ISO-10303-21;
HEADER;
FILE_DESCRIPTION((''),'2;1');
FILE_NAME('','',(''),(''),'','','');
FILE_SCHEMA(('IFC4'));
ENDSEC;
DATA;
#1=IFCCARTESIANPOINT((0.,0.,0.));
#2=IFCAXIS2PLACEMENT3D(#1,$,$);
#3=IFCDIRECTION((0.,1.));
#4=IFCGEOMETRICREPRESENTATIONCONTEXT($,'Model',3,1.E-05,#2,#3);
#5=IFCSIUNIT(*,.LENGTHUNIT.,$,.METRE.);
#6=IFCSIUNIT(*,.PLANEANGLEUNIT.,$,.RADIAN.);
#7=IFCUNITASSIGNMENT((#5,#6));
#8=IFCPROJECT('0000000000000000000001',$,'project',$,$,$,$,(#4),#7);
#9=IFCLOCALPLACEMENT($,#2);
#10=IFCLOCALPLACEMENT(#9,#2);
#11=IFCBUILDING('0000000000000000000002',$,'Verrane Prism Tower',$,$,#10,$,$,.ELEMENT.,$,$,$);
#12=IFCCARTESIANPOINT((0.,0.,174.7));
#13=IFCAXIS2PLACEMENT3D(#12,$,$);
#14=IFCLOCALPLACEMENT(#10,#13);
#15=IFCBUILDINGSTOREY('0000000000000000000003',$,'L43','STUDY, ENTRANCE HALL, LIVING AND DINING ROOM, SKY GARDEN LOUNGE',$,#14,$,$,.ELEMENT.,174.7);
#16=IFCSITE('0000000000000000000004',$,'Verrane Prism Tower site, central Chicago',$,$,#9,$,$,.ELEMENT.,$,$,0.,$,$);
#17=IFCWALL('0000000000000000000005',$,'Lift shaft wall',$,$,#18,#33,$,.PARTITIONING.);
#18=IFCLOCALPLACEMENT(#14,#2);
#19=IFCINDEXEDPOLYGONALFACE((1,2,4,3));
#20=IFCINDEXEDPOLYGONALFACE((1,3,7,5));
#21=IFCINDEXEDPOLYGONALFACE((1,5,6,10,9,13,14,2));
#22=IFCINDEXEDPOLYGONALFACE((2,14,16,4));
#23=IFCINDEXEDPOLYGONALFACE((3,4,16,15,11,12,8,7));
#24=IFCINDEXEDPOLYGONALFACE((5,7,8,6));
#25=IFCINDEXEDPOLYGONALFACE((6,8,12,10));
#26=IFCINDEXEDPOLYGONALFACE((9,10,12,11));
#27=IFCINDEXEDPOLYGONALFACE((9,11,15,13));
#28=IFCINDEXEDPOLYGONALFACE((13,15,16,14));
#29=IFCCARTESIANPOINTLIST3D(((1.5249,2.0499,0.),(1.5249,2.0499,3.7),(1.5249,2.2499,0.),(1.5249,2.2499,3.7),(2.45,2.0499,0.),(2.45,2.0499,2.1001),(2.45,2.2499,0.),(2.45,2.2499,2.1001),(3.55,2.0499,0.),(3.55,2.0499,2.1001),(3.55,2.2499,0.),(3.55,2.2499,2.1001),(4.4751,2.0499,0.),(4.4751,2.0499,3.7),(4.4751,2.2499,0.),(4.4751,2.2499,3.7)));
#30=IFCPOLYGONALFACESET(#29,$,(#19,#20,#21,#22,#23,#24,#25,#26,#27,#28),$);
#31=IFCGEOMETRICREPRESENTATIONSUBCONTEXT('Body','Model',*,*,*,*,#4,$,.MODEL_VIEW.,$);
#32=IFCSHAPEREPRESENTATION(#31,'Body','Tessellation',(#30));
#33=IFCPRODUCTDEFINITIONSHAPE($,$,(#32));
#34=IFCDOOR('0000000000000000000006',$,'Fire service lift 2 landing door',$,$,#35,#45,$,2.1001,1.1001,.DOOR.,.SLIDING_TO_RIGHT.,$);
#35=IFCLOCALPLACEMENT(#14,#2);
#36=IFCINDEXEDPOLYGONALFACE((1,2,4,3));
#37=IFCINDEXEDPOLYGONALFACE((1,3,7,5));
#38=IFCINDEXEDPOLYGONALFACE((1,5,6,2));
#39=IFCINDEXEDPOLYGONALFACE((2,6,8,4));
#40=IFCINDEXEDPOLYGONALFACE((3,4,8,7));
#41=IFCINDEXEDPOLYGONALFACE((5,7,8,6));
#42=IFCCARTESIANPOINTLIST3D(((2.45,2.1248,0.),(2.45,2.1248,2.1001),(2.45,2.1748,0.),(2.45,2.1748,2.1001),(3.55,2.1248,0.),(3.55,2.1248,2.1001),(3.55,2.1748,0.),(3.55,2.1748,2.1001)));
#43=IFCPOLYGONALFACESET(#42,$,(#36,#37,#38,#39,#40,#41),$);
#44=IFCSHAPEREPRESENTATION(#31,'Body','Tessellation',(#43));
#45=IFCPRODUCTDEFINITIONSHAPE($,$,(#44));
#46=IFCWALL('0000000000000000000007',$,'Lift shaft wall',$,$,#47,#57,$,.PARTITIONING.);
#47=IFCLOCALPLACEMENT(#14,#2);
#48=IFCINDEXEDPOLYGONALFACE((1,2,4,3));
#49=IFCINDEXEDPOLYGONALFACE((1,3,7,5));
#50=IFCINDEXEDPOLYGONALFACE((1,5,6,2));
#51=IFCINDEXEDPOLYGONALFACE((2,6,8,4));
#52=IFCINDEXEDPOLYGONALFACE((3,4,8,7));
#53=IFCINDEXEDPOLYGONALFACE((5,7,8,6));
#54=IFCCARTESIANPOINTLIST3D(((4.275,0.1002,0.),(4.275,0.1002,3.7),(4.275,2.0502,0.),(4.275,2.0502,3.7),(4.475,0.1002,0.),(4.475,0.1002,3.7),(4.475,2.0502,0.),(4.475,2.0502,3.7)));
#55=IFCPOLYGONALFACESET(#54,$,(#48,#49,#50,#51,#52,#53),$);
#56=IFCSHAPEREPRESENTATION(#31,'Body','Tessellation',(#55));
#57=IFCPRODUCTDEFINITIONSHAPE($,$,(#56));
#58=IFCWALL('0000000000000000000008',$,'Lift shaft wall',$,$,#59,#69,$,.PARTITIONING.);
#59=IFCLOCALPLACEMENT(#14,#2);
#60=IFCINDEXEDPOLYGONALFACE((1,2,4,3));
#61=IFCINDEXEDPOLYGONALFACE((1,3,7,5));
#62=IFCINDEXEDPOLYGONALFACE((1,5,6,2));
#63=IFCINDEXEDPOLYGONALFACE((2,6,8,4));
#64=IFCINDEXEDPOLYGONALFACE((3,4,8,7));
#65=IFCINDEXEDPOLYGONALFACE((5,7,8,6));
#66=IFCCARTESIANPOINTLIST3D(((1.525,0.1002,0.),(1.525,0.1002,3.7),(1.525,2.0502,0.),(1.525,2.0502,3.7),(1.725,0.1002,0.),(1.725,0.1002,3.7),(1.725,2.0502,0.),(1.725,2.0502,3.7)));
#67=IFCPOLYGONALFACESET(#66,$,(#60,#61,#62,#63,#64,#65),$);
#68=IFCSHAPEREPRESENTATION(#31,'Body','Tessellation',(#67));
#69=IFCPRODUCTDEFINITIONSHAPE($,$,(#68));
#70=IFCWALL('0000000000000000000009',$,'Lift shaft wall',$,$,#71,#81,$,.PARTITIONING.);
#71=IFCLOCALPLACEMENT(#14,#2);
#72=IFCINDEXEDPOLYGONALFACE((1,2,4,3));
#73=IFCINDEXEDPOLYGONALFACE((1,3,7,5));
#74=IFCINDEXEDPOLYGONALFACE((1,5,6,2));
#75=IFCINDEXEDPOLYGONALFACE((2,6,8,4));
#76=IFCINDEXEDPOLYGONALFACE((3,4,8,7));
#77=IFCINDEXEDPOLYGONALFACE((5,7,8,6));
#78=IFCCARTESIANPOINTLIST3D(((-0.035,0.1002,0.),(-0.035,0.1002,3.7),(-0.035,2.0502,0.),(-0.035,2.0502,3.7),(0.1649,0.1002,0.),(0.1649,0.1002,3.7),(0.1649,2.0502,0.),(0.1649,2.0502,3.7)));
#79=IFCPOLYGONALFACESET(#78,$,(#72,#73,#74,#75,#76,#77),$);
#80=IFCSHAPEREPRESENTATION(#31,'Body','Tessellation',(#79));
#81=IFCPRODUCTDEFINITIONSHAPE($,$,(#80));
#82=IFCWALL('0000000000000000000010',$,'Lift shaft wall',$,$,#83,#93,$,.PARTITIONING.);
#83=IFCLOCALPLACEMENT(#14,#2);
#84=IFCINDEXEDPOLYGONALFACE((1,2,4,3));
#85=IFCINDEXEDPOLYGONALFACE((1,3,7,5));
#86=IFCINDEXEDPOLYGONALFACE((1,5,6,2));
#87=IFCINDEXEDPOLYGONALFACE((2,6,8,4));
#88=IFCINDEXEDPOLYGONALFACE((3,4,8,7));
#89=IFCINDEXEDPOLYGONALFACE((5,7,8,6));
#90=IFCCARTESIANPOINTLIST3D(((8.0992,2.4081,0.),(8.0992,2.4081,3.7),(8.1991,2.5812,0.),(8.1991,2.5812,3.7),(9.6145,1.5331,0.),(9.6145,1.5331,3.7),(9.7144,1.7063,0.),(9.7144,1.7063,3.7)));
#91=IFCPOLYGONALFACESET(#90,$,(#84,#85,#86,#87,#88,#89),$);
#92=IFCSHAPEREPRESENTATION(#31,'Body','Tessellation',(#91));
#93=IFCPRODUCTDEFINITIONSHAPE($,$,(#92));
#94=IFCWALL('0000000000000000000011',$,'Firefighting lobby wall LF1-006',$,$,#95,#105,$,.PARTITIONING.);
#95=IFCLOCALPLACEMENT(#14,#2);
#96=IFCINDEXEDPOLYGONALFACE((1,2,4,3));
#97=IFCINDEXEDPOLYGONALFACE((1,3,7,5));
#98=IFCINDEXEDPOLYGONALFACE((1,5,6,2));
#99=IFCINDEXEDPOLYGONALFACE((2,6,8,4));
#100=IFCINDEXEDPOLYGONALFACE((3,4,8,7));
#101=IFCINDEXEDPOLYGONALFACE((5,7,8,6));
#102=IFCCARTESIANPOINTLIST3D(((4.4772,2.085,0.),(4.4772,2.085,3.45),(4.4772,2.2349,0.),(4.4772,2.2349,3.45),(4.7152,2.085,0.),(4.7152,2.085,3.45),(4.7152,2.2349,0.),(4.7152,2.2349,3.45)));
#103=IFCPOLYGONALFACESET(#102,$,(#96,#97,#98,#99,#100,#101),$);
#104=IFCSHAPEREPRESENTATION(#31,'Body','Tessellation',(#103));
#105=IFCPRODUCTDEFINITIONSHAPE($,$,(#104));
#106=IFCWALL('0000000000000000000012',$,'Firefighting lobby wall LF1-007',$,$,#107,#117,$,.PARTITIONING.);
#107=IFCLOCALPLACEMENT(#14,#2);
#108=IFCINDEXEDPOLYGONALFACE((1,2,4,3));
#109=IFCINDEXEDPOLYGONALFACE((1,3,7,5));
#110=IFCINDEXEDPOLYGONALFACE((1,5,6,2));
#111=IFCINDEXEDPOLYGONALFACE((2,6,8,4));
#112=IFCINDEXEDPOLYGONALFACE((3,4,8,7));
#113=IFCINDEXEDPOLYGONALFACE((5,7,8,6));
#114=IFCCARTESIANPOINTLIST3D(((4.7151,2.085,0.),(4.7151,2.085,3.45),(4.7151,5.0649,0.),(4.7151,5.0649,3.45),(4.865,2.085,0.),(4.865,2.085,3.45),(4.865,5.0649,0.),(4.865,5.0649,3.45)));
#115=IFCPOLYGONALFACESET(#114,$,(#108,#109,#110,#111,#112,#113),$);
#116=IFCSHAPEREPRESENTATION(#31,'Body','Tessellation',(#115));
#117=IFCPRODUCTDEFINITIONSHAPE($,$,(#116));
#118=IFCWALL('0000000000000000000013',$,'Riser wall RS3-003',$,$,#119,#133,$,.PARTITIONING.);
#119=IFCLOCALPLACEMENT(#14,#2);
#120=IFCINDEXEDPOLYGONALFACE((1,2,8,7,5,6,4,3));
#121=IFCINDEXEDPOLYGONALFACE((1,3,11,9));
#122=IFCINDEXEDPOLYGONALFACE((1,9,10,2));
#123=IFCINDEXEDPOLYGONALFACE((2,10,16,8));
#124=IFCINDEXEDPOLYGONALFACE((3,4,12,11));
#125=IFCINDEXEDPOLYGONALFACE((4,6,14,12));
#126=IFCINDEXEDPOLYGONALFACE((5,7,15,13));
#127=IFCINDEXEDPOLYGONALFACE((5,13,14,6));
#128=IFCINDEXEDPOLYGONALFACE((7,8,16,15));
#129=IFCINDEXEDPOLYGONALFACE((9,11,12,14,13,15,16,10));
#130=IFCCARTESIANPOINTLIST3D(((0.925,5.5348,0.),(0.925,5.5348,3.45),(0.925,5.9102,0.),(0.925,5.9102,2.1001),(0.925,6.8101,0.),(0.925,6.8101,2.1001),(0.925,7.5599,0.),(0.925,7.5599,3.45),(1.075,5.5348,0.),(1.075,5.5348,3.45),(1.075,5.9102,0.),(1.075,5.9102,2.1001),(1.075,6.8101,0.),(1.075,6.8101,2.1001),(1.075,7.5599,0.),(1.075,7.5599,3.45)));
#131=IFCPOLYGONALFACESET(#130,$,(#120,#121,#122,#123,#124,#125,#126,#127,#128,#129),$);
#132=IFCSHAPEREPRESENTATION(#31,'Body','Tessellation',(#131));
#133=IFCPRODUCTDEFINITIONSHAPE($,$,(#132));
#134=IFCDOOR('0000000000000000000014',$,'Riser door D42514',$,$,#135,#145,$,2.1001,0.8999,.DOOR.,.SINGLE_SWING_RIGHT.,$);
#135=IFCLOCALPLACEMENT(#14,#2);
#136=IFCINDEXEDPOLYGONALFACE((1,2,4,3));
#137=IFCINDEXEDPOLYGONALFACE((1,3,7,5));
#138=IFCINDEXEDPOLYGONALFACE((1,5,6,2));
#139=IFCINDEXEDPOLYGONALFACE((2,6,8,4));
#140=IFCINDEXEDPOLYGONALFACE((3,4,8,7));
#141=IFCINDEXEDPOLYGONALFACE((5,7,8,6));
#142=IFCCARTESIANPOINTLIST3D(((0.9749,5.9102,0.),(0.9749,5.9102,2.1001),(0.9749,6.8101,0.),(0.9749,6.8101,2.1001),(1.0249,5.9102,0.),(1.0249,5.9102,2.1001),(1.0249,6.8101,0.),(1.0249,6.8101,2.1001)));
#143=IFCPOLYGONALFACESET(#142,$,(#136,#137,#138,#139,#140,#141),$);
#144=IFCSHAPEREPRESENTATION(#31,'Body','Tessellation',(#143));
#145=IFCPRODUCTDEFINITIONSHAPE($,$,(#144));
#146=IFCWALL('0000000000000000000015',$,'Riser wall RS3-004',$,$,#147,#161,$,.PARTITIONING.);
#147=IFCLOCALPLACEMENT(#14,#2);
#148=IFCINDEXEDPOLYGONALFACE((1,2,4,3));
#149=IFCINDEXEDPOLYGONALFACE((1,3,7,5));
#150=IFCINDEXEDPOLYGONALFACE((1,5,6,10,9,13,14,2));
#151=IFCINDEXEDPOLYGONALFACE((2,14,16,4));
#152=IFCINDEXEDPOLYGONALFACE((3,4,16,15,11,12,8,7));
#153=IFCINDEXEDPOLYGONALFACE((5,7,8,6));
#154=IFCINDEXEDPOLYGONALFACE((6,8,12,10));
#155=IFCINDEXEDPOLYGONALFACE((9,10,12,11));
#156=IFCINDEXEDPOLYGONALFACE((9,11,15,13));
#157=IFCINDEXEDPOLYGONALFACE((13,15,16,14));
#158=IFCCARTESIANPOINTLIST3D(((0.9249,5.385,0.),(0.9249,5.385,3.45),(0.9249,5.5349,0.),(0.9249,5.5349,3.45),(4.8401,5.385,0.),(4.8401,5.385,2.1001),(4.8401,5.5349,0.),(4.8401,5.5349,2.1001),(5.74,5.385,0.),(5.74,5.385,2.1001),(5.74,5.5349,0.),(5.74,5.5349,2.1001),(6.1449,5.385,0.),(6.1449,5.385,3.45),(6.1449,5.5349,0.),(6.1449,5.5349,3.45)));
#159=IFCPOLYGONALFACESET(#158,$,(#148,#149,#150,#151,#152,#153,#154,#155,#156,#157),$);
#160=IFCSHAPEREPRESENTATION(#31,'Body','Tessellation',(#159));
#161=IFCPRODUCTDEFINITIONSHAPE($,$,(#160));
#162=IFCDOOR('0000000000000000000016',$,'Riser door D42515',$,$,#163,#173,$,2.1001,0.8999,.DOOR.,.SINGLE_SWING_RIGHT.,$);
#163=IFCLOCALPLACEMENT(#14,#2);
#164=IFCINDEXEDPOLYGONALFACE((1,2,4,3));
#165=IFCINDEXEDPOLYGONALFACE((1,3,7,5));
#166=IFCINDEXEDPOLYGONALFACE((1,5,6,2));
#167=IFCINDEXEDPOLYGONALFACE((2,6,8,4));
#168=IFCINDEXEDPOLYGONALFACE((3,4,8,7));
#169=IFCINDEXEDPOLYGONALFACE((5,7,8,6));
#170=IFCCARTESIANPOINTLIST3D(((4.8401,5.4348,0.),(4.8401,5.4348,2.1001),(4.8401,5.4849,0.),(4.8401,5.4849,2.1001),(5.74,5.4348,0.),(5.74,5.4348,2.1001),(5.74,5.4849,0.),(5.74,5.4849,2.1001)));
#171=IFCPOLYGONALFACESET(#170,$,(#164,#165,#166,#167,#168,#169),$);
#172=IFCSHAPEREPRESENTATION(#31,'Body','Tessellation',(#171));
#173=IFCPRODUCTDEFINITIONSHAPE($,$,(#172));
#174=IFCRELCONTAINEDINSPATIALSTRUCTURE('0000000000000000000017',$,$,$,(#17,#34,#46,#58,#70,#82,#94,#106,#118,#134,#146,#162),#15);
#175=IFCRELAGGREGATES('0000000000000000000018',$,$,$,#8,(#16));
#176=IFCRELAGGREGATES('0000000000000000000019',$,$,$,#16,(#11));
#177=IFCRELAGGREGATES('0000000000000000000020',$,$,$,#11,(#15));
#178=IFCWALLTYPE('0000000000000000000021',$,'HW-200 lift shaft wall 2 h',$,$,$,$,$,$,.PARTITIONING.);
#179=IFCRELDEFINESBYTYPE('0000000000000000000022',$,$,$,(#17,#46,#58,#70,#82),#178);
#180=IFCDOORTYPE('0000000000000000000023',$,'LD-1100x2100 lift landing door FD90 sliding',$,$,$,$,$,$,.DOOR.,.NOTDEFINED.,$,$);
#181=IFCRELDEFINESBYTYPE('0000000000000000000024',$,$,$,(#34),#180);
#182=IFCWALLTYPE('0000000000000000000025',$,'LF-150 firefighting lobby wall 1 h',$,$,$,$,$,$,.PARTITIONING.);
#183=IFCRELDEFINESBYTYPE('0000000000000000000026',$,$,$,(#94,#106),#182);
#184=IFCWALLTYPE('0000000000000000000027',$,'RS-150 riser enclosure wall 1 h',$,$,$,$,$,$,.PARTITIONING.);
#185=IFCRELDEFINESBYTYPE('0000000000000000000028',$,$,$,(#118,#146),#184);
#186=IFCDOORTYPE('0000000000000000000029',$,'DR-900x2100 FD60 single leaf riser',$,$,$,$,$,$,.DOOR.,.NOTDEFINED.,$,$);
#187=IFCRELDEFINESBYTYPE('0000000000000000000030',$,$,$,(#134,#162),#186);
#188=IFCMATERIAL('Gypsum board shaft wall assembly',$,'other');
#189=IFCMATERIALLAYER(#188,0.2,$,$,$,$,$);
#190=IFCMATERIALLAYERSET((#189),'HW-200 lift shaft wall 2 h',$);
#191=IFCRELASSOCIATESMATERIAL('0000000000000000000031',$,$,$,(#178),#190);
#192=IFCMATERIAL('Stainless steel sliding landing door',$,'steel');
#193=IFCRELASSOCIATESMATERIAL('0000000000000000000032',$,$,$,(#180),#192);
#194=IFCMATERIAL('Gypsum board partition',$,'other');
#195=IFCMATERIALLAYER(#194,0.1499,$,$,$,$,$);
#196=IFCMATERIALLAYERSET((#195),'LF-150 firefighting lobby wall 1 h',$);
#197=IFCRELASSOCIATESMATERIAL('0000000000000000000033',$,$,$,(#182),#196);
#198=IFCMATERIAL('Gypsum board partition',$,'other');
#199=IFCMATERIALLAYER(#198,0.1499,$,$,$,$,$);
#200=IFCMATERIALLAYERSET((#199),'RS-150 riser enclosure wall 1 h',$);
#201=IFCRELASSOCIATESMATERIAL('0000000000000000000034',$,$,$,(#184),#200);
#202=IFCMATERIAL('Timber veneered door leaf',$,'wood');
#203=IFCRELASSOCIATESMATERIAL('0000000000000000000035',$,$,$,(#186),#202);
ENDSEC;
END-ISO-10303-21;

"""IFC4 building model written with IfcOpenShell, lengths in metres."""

from ifc_helpers import new_model, si_unit, direction, frame, frame_2d, origin, place, context, subcontext, project, spatial, rectangle, extrude, material, layer, layer_set, type_object, element, fill, save


model = new_model("IFC4")

# Units and contexts
model_context = context("Model", 3, precision=1e-05, world=origin(), true_north=direction((0.0, 1.0)))
body_context = subcontext(model_context, "Body", "Model", "MODEL_VIEW")
ifc_project = project(units=[si_unit("LENGTHUNIT", "METRE"), si_unit("PLANEANGLEUNIT", "RADIAN")], contexts=[model_context])

# Site, building, storey
site_placement = place(None, origin())
site = spatial("IfcSite", under=ifc_project, at=site_placement, Name="Verrane Prism Tower site, central Chicago", CompositionType="ELEMENT", RefElevation=0.0)
building_placement = place(site_placement, origin())
building = spatial("IfcBuilding", under=site, at=building_placement, Name="Verrane Prism Tower", CompositionType="ELEMENT")
storey_placement = place(building_placement, frame((0.0, 0.0, 174.7)))
storey = spatial("IfcBuildingStorey", under=building, at=storey_placement, Name="L43", Description="STUDY, ENTRANCE HALL, LIVING AND DINING ROOM, SKY GARDEN LOUNGE", CompositionType="ELEMENT", Elevation=174.7)

# Wall, opening, door
ifc_material_1 = material(Name="Gypsum board shaft wall assembly", Category="other")
ifc_layer_1 = layer(ifc_material_1, 0.2)
ifc_layer_set_1 = layer_set([ifc_layer_1], Name="HW-200 lift shaft wall 2 h")
wall_type_1 = type_object("IfcWallType", Name="HW-200 lift shaft wall 2 h", PredefinedType="PARTITIONING", material=ifc_layer_set_1)
wall_1_placement = place(storey_placement, frame((1.5249, 2.1499, 0.0), z_axis=(0.0, 0.0, 1.0), x_axis=(1.0, 0.0, 0.0)))
wall_1 = element("IfcWall", 1, at=wall_1_placement, inside=storey, type_object=wall_type_1, Name="Lift shaft wall", PredefinedType="PARTITIONING", context=body_context, shape_type="SweptSolid", body=[
    extrude(rectangle(XDim=2.9502, YDim=0.2, at=frame_2d((1.4751, 0.0))), origin(), (0.0, 0.0, 1.0), 3.7),
])
opening_1_placement = place(wall_1_placement, frame((0.925, 0.0, 0.0)))
opening_1 = element("IfcOpeningElement", 2, at=opening_1_placement, cuts=wall_1, PredefinedType="OPENING", context=body_context, shape_type="SweptSolid", body=[
    extrude(rectangle(XDim=1.1001, YDim=2.1001, at=frame_2d((0.55, 1.05))), frame((0.0, 0.1099, 0.0), z_axis=(0.0, -1.0, 0.0), x_axis=(1.0, 0.0, 0.0)), (0.0, 0.0, 1.0), 0.22),
])
ifc_material_2 = material(Name="Stainless steel sliding landing door", Category="steel")
door_type_1 = type_object("IfcDoorType", Name="LD-1100x2100 lift landing door FD90 sliding", OperationType="NOTDEFINED", PredefinedType="DOOR", material=ifc_material_2)
door_1_placement = place(opening_1_placement, origin())
door_1 = element("IfcDoor", 3, at=door_1_placement, inside=storey, type_object=door_type_1, Name="Fire service lift 2 landing door", OperationType="SLIDING_TO_RIGHT", OverallHeight=2.1001, OverallWidth=1.1001, PredefinedType="DOOR", context=body_context, shape_type="SweptSolid", body=[
    extrude(rectangle(XDim=1.1001, YDim=2.1001, at=frame_2d((0.55, 1.05))), frame((0.0, 0.0249, 0.0), z_axis=(0.0, -1.0, 0.0), x_axis=(1.0, 0.0, 0.0)), (0.0, 0.0, 1.0), 0.05),
])
fill(opening_1, door_1)

# Walls
for number, where, z_axis, x_axis, name in (
    (4, (4.375, 0.1001, 0.0), (0.0, 0.0, 1.0), (0.0, 1.0, 0.0), "Lift shaft wall"),
    (5, (1.625, 0.1001, 0.0), (0.0, 0.0, 1.0), (0.0, 1.0, 0.0), "Lift shaft wall"),
    (6, (0.0649, 0.1001, 0.0), (0.0, 0.0, 1.0), (0.0, 1.0, 0.0), "Lift shaft wall"),
):
    element("IfcWall", number, at=place(storey_placement, frame(where, z_axis=z_axis, x_axis=x_axis)), inside=storey, type_object=wall_type_1, Name=name, PredefinedType="PARTITIONING", context=body_context, shape_type="SweptSolid", body=[
        extrude(rectangle(XDim=1.95, YDim=0.2, at=frame_2d((0.9751, 0.0))), origin(), (0.0, 0.0, 1.0), 3.7),
    ])
wall_2_placement = place(storey_placement, frame((9.6646, 1.6196, 0.0), z_axis=(0.0, 0.0, 1.0), x_axis=(-0.866002, 0.50004, 0.0)))
element("IfcWall", 7, at=wall_2_placement, inside=storey, type_object=wall_type_1, Name="Lift shaft wall", PredefinedType="PARTITIONING", context=body_context, shape_type="SweptSolid", body=[
    extrude(rectangle(XDim=1.7498, YDim=0.2, at=frame_2d((0.875, 0.0))), origin(), (0.0, 0.0, 1.0), 3.7),
])
ifc_material_3 = material(Name="Gypsum board partition", Category="other")
ifc_layer_2 = layer(ifc_material_3, 0.1499)
ifc_layer_set_2 = layer_set([ifc_layer_2], Name="LF-150 firefighting lobby wall 1 h")
wall_type_2 = type_object("IfcWallType", Name="LF-150 firefighting lobby wall 1 h", PredefinedType="PARTITIONING", material=ifc_layer_set_2)
wall_3_placement = place(storey_placement, frame((4.4771, 2.1599, 0.0), z_axis=(0.0, 0.0, 1.0), x_axis=(1.0, 0.0, 0.0)))
element("IfcWall", 8, at=wall_3_placement, inside=storey, type_object=wall_type_2, Name="Firefighting lobby wall LF1-006", PredefinedType="PARTITIONING", context=body_context, shape_type="SweptSolid", body=[
    extrude(rectangle(XDim=0.238, YDim=0.1499, at=frame_2d((0.1191, 0.0))), origin(), (0.0, 0.0, 1.0), 3.45),
])
wall_4_placement = place(storey_placement, frame((4.79, 2.085, 0.0), z_axis=(0.0, 0.0, 1.0), x_axis=(0.0, 1.0, 0.0)))
element("IfcWall", 9, at=wall_4_placement, inside=storey, type_object=wall_type_2, Name="Firefighting lobby wall LF1-007", PredefinedType="PARTITIONING", context=body_context, shape_type="SweptSolid", body=[
    extrude(rectangle(XDim=2.98, YDim=0.1499, at=frame_2d((1.49, 0.0))), origin(), (0.0, 0.0, 1.0), 3.45),
])

# Walls, openings, doors
ifc_material_4 = material(Name="Gypsum board partition", Category="other")
ifc_layer_3 = layer(ifc_material_4, 0.1499)
ifc_layer_set_3 = layer_set([ifc_layer_3], Name="RS-150 riser enclosure wall 1 h")
wall_type_3 = type_object("IfcWallType", Name="RS-150 riser enclosure wall 1 h", PredefinedType="PARTITIONING", material=ifc_layer_set_3)
wall_5_placement = place(storey_placement, frame((1.0, 7.5601, 0.0), z_axis=(0.0, 0.0, 1.0), x_axis=(0.0, -1.0, 0.0)))
wall_5 = element("IfcWall", 10, at=wall_5_placement, inside=storey, type_object=wall_type_3, Name="Riser wall RS3-003", PredefinedType="PARTITIONING", context=body_context, shape_type="SweptSolid", body=[
    extrude(rectangle(XDim=2.0251, YDim=0.1499, at=frame_2d((1.0127, 0.0))), origin(), (0.0, 0.0, 1.0), 3.45),
])
opening_2_placement = place(wall_5_placement, frame((0.75, 0.0, 0.0)))
opening_2 = element("IfcOpeningElement", 11, at=opening_2_placement, cuts=wall_5, PredefinedType="OPENING", context=body_context, shape_type="SweptSolid", body=[
    extrude(rectangle(XDim=0.8999, YDim=2.1001, at=frame_2d((0.45, 1.05))), frame((0.0, 0.085, 0.0), z_axis=(0.0, -1.0, 0.0), x_axis=(1.0, 0.0, 0.0)), (0.0, 0.0, 1.0), 0.1699),
])
ifc_material_5 = material(Name="Timber veneered door leaf", Category="wood")
door_type_2 = type_object("IfcDoorType", Name="DR-900x2100 FD60 single leaf riser", OperationType="NOTDEFINED", PredefinedType="DOOR", material=ifc_material_5)
door_2_placement = place(opening_2_placement, origin())
door_2 = element("IfcDoor", 12, at=door_2_placement, inside=storey, type_object=door_type_2, Name="Riser door D42514", OperationType="SINGLE_SWING_RIGHT", OverallHeight=2.1001, OverallWidth=0.8999, PredefinedType="DOOR", context=body_context, shape_type="SweptSolid", body=[
    extrude(rectangle(XDim=0.8999, YDim=2.1001, at=frame_2d((0.45, 1.05))), frame((0.0, 0.0249, 0.0), z_axis=(0.0, -1.0, 0.0), x_axis=(1.0, 0.0, 0.0)), (0.0, 0.0, 1.0), 0.05),
])
fill(opening_2, door_2)
wall_6_placement = place(storey_placement, frame((0.925, 5.46, 0.0), z_axis=(0.0, 0.0, 1.0), x_axis=(1.0, 0.0, 0.0)))
wall_6 = element("IfcWall", 13, at=wall_6_placement, inside=storey, type_object=wall_type_3, Name="Riser wall RS3-004", PredefinedType="PARTITIONING", context=body_context, shape_type="SweptSolid", body=[
    extrude(rectangle(XDim=5.22, YDim=0.1499, at=frame_2d((2.6099, 0.0))), origin(), (0.0, 0.0, 1.0), 3.45),
])
opening_3_placement = place(wall_6_placement, frame((3.915, 0.0, 0.0)))
opening_3 = element("IfcOpeningElement", 14, at=opening_3_placement, cuts=wall_6, PredefinedType="OPENING", context=body_context, shape_type="SweptSolid", body=[
    extrude(rectangle(XDim=0.8999, YDim=2.1001, at=frame_2d((0.45, 1.05))), frame((0.0, 0.085, 0.0), z_axis=(0.0, -1.0, 0.0), x_axis=(1.0, 0.0, 0.0)), (0.0, 0.0, 1.0), 0.1699),
])
door_3_placement = place(opening_3_placement, origin())
door_3 = element("IfcDoor", 15, at=door_3_placement, inside=storey, type_object=door_type_2, Name="Riser door D42515", OperationType="SINGLE_SWING_RIGHT", OverallHeight=2.1001, OverallWidth=0.8999, PredefinedType="DOOR", context=body_context, shape_type="SweptSolid", body=[
    extrude(rectangle(XDim=0.8999, YDim=2.1001, at=frame_2d((0.45, 1.05))), frame((0.0, 0.0249, 0.0), z_axis=(0.0, -1.0, 0.0), x_axis=(1.0, 0.0, 0.0)), (0.0, 0.0, 1.0), 0.05),
])
fill(opening_3, door_3)

save(model, "model.ifc")
